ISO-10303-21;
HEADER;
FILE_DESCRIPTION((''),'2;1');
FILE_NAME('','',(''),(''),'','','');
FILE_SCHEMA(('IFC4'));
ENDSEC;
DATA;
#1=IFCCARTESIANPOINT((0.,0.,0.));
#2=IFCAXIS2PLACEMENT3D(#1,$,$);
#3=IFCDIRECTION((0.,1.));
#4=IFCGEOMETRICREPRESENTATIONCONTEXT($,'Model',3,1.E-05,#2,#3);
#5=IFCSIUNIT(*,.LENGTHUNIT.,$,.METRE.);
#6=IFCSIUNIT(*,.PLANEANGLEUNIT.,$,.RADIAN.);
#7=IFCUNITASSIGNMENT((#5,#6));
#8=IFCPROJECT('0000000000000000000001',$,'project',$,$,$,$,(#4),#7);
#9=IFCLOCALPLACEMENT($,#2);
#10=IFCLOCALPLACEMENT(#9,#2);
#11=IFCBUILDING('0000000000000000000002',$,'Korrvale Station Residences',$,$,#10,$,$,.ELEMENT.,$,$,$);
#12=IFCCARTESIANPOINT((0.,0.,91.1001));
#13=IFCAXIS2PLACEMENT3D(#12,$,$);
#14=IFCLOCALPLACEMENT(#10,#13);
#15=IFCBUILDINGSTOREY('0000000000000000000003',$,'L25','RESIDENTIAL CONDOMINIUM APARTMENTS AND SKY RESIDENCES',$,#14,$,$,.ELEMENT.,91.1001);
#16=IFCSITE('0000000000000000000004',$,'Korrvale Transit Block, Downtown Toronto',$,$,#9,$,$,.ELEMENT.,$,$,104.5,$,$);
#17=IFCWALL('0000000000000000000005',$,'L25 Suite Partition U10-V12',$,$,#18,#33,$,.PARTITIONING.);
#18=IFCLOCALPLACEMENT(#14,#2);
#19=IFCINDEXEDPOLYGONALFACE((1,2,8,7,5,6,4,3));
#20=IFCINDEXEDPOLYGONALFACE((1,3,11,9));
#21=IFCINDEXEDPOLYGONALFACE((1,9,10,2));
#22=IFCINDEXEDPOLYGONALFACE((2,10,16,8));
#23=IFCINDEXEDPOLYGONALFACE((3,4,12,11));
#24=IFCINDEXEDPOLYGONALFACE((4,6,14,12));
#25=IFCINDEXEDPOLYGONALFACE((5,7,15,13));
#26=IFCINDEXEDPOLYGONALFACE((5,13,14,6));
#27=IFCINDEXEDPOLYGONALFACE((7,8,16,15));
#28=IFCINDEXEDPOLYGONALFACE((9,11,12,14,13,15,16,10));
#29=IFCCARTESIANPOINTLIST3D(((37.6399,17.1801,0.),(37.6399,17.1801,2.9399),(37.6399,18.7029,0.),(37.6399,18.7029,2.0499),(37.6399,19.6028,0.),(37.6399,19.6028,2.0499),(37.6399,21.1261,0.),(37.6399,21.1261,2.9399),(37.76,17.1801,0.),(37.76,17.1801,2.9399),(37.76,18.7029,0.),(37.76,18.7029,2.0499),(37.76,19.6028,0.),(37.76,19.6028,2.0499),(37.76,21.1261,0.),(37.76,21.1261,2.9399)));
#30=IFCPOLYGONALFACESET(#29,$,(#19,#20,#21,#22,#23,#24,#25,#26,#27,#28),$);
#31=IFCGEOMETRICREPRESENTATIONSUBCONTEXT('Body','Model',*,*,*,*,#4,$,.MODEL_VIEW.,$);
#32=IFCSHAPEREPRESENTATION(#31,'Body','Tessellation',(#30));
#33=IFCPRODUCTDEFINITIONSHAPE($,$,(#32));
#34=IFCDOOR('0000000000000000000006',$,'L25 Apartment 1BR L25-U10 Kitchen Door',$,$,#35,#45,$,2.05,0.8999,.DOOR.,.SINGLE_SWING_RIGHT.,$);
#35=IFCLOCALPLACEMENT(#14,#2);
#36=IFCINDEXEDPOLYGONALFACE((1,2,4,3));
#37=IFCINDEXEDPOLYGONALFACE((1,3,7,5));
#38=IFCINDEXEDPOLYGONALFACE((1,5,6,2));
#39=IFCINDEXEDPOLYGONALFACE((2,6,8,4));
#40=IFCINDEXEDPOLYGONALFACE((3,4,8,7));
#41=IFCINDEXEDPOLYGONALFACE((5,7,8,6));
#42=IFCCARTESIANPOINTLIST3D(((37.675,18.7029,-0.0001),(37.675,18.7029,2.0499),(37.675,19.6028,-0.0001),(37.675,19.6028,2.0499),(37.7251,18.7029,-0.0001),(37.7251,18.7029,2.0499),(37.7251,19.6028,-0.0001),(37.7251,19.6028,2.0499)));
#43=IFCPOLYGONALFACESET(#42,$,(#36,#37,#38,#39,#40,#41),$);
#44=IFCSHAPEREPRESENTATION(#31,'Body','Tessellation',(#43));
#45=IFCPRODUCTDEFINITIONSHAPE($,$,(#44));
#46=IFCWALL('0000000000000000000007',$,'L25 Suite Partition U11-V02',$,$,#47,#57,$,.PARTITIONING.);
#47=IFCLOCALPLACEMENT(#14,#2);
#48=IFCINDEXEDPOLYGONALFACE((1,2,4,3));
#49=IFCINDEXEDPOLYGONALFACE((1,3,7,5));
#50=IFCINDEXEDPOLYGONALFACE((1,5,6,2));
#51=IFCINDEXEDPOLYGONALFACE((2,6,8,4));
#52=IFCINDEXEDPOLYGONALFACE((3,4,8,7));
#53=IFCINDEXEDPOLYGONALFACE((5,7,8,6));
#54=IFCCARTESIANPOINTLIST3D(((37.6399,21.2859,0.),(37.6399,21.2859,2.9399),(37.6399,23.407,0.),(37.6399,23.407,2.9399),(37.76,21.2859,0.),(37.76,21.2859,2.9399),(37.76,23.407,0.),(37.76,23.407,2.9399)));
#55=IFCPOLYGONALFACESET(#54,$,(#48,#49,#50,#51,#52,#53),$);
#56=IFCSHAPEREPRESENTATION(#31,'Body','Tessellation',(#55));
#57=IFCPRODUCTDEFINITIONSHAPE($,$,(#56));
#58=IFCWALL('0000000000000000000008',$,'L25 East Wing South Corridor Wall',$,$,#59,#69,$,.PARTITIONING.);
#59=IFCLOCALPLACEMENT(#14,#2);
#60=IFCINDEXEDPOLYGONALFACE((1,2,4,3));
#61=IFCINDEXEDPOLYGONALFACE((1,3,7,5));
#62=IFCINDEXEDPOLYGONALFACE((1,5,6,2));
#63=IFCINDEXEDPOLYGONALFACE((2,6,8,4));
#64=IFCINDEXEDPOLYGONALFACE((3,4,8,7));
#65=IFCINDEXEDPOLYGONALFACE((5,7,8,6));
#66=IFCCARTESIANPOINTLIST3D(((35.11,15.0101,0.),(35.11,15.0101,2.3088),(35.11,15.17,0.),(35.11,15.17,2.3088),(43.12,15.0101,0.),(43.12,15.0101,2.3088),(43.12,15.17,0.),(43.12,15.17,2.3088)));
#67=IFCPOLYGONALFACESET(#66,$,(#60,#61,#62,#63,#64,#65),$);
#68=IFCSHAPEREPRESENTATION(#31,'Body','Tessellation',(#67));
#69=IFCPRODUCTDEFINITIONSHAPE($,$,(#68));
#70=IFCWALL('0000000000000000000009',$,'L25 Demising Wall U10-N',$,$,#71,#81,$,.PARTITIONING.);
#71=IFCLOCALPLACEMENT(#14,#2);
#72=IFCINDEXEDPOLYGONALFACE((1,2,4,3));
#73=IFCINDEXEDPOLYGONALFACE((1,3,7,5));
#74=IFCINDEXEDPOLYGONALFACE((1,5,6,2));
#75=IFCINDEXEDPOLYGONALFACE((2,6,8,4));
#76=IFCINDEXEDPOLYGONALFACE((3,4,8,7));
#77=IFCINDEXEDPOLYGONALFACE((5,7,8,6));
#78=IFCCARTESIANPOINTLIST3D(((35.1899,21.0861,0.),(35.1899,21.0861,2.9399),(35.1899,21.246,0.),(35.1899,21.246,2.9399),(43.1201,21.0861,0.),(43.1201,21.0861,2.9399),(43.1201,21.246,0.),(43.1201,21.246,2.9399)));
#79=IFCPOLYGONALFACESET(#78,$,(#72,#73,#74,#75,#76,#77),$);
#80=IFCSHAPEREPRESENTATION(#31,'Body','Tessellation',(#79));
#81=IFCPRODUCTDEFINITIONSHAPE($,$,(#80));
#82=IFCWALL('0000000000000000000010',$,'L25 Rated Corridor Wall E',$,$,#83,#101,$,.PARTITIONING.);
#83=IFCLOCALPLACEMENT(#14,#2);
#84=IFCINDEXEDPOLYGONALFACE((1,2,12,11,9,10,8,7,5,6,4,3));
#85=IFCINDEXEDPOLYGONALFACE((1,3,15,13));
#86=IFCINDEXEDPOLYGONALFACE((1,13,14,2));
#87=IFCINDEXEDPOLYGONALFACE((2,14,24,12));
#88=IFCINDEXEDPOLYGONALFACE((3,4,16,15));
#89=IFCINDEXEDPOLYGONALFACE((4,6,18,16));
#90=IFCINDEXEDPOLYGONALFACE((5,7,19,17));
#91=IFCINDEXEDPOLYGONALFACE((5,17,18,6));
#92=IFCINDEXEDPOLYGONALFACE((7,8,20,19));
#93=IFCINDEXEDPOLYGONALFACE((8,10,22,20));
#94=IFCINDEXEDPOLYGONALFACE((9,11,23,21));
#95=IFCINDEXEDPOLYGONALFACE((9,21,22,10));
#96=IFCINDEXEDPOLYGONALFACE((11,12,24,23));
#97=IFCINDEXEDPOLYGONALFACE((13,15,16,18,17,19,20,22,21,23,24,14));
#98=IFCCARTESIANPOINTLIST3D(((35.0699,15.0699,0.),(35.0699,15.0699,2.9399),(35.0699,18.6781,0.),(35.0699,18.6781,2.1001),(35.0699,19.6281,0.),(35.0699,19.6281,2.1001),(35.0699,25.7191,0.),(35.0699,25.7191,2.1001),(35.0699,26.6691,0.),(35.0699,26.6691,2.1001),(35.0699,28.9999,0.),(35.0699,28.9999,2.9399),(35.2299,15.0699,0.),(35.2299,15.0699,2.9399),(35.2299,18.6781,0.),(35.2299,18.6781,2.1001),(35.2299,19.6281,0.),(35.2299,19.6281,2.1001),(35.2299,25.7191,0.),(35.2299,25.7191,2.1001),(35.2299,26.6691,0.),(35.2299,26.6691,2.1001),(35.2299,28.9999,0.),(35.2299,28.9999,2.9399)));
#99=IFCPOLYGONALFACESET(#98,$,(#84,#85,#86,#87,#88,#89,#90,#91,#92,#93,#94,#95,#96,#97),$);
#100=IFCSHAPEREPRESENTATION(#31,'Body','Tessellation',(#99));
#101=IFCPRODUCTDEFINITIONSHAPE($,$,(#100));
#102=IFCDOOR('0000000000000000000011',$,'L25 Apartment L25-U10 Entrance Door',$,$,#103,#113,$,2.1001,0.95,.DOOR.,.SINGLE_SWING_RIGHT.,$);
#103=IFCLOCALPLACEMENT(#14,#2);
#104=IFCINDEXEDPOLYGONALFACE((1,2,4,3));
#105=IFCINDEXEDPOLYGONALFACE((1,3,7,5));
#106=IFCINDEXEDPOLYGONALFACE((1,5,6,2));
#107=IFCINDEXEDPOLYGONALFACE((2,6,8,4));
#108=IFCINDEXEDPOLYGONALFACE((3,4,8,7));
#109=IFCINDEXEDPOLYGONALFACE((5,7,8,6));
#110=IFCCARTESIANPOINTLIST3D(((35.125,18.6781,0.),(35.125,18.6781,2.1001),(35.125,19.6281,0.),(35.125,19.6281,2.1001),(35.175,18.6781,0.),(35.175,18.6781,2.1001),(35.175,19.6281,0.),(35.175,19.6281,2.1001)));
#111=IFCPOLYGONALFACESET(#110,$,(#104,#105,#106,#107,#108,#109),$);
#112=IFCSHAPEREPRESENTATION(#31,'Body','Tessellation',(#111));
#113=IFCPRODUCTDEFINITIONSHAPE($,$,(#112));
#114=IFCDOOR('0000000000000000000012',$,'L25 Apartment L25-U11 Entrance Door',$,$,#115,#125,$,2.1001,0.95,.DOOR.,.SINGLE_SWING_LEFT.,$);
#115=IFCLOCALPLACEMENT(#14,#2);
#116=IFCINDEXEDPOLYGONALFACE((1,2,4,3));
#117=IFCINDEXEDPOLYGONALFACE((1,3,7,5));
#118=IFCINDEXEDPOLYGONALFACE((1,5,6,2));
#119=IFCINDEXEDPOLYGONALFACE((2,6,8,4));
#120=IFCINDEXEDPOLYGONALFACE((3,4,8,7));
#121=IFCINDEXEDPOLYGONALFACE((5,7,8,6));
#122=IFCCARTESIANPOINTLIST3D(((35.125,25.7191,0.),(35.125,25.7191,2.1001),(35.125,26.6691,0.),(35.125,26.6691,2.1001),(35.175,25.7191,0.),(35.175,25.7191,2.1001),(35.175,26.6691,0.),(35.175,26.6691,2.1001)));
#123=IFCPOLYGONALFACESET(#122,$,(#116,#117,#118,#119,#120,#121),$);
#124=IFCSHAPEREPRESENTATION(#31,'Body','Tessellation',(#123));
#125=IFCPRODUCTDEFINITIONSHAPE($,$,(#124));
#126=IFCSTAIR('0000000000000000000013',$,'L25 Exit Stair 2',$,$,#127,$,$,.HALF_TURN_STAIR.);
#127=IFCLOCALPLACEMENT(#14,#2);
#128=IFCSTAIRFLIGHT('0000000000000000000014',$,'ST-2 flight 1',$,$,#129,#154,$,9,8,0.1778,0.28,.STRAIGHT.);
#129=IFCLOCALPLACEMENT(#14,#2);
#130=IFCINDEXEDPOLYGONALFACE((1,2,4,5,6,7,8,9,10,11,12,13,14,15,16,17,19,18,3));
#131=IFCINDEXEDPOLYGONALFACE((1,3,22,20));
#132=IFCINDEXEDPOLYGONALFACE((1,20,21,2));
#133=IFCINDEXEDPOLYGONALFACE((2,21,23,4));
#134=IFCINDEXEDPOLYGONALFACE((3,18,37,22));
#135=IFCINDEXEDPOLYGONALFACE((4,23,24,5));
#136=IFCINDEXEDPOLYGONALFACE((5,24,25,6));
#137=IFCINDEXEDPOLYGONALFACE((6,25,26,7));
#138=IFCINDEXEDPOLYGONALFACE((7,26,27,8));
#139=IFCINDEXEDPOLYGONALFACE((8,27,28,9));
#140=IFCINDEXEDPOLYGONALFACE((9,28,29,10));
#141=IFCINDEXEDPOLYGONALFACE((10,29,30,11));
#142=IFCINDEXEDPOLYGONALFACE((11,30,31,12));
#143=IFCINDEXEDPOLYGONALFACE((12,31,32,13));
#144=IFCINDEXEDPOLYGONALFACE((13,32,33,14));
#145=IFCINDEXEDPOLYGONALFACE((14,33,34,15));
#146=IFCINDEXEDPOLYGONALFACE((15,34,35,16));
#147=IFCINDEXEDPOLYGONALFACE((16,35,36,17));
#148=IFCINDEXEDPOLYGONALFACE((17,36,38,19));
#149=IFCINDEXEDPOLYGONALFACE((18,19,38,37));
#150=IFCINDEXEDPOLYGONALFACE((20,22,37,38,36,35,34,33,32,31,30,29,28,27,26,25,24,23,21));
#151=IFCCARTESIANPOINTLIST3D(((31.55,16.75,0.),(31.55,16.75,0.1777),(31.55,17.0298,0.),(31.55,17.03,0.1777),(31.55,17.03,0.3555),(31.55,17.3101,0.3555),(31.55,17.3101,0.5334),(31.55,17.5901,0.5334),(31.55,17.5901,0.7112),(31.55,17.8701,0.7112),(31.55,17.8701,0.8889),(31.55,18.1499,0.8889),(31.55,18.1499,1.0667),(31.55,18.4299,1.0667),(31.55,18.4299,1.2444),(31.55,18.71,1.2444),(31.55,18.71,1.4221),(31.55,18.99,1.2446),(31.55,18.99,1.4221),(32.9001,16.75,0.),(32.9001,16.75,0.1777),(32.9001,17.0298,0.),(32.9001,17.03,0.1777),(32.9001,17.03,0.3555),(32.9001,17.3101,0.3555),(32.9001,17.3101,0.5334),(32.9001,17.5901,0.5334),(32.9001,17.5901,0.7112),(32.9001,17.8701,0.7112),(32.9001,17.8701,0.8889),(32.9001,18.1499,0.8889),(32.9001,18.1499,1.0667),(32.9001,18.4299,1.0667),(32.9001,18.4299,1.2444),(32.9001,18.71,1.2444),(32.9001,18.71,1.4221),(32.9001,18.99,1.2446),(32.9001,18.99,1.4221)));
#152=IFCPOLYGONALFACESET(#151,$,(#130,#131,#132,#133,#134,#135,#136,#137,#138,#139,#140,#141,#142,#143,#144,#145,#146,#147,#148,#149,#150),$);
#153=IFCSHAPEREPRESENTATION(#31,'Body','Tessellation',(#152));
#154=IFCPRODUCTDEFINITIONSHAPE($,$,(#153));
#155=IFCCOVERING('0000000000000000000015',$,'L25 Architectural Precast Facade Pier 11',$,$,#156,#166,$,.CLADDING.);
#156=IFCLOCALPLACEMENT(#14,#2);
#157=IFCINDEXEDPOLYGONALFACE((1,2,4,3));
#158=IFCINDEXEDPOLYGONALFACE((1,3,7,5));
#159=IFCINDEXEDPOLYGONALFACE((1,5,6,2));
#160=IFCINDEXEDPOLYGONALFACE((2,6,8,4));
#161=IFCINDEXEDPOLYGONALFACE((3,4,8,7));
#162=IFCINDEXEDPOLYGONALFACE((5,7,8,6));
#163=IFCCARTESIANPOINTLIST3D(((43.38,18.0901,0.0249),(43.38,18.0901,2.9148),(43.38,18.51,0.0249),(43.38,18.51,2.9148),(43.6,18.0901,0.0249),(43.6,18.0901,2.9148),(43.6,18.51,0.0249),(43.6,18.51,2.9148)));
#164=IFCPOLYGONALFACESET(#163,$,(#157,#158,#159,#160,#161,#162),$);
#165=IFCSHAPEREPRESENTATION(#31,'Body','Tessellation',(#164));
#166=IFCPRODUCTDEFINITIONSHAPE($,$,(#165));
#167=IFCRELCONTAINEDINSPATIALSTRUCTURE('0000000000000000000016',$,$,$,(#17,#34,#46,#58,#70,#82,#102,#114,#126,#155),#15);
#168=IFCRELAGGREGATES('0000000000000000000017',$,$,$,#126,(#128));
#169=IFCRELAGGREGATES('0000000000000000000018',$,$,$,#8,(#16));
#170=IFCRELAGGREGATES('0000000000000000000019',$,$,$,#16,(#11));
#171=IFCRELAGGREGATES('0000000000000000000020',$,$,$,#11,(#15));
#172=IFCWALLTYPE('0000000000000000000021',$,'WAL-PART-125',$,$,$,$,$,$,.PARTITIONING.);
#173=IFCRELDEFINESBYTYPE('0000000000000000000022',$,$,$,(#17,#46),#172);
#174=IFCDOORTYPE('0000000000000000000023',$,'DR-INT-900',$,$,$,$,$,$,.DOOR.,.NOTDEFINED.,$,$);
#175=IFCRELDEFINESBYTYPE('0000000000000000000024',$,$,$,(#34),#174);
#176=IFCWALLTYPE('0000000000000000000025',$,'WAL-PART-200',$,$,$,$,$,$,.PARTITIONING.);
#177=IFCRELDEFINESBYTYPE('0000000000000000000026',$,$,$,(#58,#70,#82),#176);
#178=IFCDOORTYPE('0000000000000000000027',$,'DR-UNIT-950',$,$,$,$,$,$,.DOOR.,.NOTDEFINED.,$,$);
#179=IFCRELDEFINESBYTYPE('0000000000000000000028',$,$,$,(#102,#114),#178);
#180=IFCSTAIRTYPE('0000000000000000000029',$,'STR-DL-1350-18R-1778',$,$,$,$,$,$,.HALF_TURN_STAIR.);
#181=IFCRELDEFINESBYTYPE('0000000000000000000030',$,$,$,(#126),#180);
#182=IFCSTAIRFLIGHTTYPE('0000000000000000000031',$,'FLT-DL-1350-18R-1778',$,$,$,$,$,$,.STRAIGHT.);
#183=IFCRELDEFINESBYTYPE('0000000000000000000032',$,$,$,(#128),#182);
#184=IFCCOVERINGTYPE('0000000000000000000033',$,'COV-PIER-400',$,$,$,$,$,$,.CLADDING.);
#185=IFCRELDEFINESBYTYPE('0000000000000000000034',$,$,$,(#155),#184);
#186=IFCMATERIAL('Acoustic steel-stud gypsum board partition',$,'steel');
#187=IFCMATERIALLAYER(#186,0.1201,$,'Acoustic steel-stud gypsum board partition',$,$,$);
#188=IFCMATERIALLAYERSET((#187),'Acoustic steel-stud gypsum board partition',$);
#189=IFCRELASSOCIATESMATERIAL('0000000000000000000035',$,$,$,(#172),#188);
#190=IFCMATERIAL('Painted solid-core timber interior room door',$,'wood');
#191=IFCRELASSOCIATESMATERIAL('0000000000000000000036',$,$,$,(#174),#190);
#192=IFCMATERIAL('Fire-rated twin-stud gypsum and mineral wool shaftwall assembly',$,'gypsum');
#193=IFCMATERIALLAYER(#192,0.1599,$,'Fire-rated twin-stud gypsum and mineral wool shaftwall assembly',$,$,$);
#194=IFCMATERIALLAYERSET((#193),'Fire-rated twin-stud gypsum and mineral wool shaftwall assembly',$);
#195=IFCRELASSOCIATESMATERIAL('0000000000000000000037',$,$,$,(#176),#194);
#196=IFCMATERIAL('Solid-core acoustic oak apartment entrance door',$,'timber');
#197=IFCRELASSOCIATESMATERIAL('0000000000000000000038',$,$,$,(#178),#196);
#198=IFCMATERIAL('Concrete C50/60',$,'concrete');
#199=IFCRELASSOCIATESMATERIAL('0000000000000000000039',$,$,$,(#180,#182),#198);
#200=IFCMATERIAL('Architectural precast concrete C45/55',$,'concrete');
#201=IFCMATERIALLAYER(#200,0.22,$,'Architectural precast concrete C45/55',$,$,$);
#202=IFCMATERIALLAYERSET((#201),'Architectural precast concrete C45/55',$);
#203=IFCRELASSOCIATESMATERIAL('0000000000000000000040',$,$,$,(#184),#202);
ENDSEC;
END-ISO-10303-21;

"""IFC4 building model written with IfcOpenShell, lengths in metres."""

from ifc_helpers import new_model, si_unit, direction, frame, frame_2d, origin, origin_2d, place, context, subcontext, project, spatial, polyline, rectangle, outline, extrude, material, layer, layer_set, type_object, element, fill, aggregate, save


model = new_model("IFC4")

# Units and contexts
model_context = context("Model", 3, precision=1e-05, world=origin(), true_north=direction((0.0, 1.0)))
body_context = subcontext(model_context, "Body", "Model", "MODEL_VIEW")
ifc_project = project(units=[si_unit("LENGTHUNIT", "METRE"), si_unit("PLANEANGLEUNIT", "RADIAN")], contexts=[model_context])

# Site, building, storey
site_placement = place(None, origin())
site = spatial("IfcSite", under=ifc_project, at=site_placement, Name="Korrvale Transit Block, Downtown Toronto", CompositionType="ELEMENT", RefElevation=104.5)
building_placement = place(site_placement, origin())
building = spatial("IfcBuilding", under=site, at=building_placement, Name="Korrvale Station Residences", CompositionType="ELEMENT")
storey_placement = place(building_placement, frame((0.0, 0.0, 91.1001)))
storey = spatial("IfcBuildingStorey", under=building, at=storey_placement, Name="L25", Description="RESIDENTIAL CONDOMINIUM APARTMENTS AND SKY RESIDENCES", CompositionType="ELEMENT", Elevation=91.1001)

# Shared definitions
ifc_material_1 = material(Name="Acoustic steel-stud gypsum board partition", Category="steel")
ifc_layer_1 = layer(ifc_material_1, 0.1201, Name="Acoustic steel-stud gypsum board partition")
ifc_layer_set_1 = layer_set([ifc_layer_1], Name="Acoustic steel-stud gypsum board partition")
wall_type_1 = type_object("IfcWallType", Name="WAL-PART-125", PredefinedType="PARTITIONING", material=ifc_layer_set_1)

# Wall, opening, door
wall_1_placement = place(storey_placement, frame((37.7, 17.1799, 0.0), z_axis=(0.0, 0.0, 1.0), x_axis=(0.0, 1.0, 0.0)))
wall_1 = element("IfcWall", 1, at=wall_1_placement, inside=storey, type_object=wall_type_1, Name="L25 Suite Partition U10-V12", PredefinedType="PARTITIONING", context=body_context, shape_type="SweptSolid", body=[
    extrude(rectangle(XDim=3.946, YDim=0.1201, at=frame_2d((1.9731, 0.0))), origin(), (0.0, 0.0, 1.0), 2.9399),
])
opening_1_placement = place(wall_1_placement, frame((1.5229, 0.0, 0.0)))
opening_1 = element("IfcOpeningElement", 2, at=opening_1_placement, cuts=wall_1, PredefinedType="OPENING", context=body_context, shape_type="SweptSolid", body=[
    extrude(rectangle(XDim=0.8999, YDim=2.05, at=frame_2d((0.45, 1.0249))), frame((0.0, 0.0701, 0.0), z_axis=(0.0, -1.0, 0.0), x_axis=(1.0, 0.0, 0.0)), (0.0, 0.0, 1.0), 0.1401),
])
ifc_material_2 = material(Name="Painted solid-core timber interior room door", Category="wood")
door_type_1 = type_object("IfcDoorType", Name="DR-INT-900", OperationType="NOTDEFINED", PredefinedType="DOOR", material=ifc_material_2)
door_1_placement = place(opening_1_placement, origin())
door_1 = element("IfcDoor", 3, at=door_1_placement, inside=storey, type_object=door_type_1, Name="L25 Apartment 1BR L25-U10 Kitchen Door", OperationType="SINGLE_SWING_RIGHT", OverallHeight=2.05, OverallWidth=0.8999, PredefinedType="DOOR", context=body_context, shape_type="SweptSolid", body=[
    extrude(rectangle(XDim=0.8999, YDim=2.05, at=frame_2d((0.45, 1.0249))), frame((0.0, 0.0249, 0.0), z_axis=(0.0, -1.0, 0.0), x_axis=(1.0, 0.0, 0.0)), (0.0, 0.0, 1.0), 0.05),
])
fill(opening_1, door_1)

# Walls
wall_2_placement = place(storey_placement, frame((37.7, 21.2859, 0.0), z_axis=(0.0, 0.0, 1.0), x_axis=(0.0, 1.0, 0.0)))
element("IfcWall", 4, at=wall_2_placement, inside=storey, type_object=wall_type_1, Name="L25 Suite Partition U11-V02", PredefinedType="PARTITIONING", context=body_context, shape_type="SweptSolid", body=[
    extrude(rectangle(XDim=2.1211, YDim=0.1201, at=frame_2d((1.0605, 0.0))), origin(), (0.0, 0.0, 1.0), 2.9399),
])
ifc_material_3 = material(Name="Fire-rated twin-stud gypsum and mineral wool shaftwall assembly", Category="gypsum")
ifc_layer_2 = layer(ifc_material_3, 0.1599, Name="Fire-rated twin-stud gypsum and mineral wool shaftwall assembly")
ifc_layer_set_2 = layer_set([ifc_layer_2], Name="Fire-rated twin-stud gypsum and mineral wool shaftwall assembly")
wall_type_2 = type_object("IfcWallType", Name="WAL-PART-200", PredefinedType="PARTITIONING", material=ifc_layer_set_2)
wall_3_placement = place(storey_placement, frame((35.1101, 15.0901, 0.0), z_axis=(0.0, 0.0, 1.0), x_axis=(1.0, 0.0, 0.0)))
element("IfcWall", 5, at=wall_3_placement, inside=storey, type_object=wall_type_2, Name="L25 East Wing South Corridor Wall", PredefinedType="PARTITIONING", context=body_context, shape_type="SweptSolid", body=[
    extrude(rectangle(XDim=8.01, YDim=0.1599, at=frame_2d((4.0049, 0.0))), origin(), (0.0, 0.0, 1.0), 2.3088),
])
wall_4_placement = place(storey_placement, frame((35.1899, 21.166, 0.0), z_axis=(0.0, 0.0, 1.0), x_axis=(1.0, 0.0, 0.0)))
element("IfcWall", 6, at=wall_4_placement, inside=storey, type_object=wall_type_2, Name="L25 Demising Wall U10-N", PredefinedType="PARTITIONING", context=body_context, shape_type="SweptSolid", body=[
    extrude(rectangle(XDim=7.9302, YDim=0.1599, at=frame_2d((3.9651, 0.0))), origin(), (0.0, 0.0, 1.0), 2.9399),
])

# Wall, openings, doors
wall_5_placement = place(storey_placement, frame((35.1499, 15.0701, 0.0), z_axis=(0.0, 0.0, 1.0), x_axis=(0.0, 1.0, 0.0)))
wall_5 = element("IfcWall", 7, at=wall_5_placement, inside=storey, type_object=wall_type_2, Name="L25 Rated Corridor Wall E", PredefinedType="PARTITIONING", context=body_context, shape_type="SweptSolid", body=[
    extrude(rectangle(XDim=13.9299, YDim=0.1599, at=frame_2d((6.9648, 0.0))), origin(), (0.0, 0.0, 1.0), 2.9399),
])
opening_2_placement = place(wall_5_placement, frame((3.6079, 0.0, 0.0)))
opening_2 = element("IfcOpeningElement", 8, at=opening_2_placement, cuts=wall_5, PredefinedType="OPENING", context=body_context, shape_type="SweptSolid", body=[
    extrude(rectangle(XDim=0.95, YDim=2.1001, at=frame_2d((0.4751, 1.05))), frame((0.0, 0.0898, 0.0), z_axis=(0.0, -1.0, 0.0), x_axis=(1.0, 0.0, 0.0)), (0.0, 0.0, 1.0), 0.1799),
])
opening_3_placement = place(wall_5_placement, frame((10.6489, 0.0, 0.0)))
opening_3 = element("IfcOpeningElement", 9, at=opening_3_placement, cuts=wall_5, PredefinedType="OPENING", context=body_context, shape_type="SweptSolid", body=[
    extrude(rectangle(XDim=0.95, YDim=2.1001, at=frame_2d((0.4751, 1.05))), frame((0.0, 0.0898, 0.0), z_axis=(0.0, -1.0, 0.0), x_axis=(1.0, 0.0, 0.0)), (0.0, 0.0, 1.0), 0.1799),
])
ifc_material_4 = material(Name="Solid-core acoustic oak apartment entrance door", Category="timber")
door_type_2 = type_object("IfcDoorType", Name="DR-UNIT-950", OperationType="NOTDEFINED", PredefinedType="DOOR", material=ifc_material_4)
door_2_placement = place(opening_2_placement, origin())
door_2 = element("IfcDoor", 10, at=door_2_placement, inside=storey, type_object=door_type_2, Name="L25 Apartment L25-U10 Entrance Door", OperationType="SINGLE_SWING_RIGHT", OverallHeight=2.1001, OverallWidth=0.95, PredefinedType="DOOR", context=body_context, shape_type="SweptSolid", body=[
    extrude(rectangle(XDim=0.95, YDim=2.1001, at=frame_2d((0.4751, 1.05))), frame((0.0, 0.0249, 0.0), z_axis=(0.0, -1.0, 0.0), x_axis=(1.0, 0.0, 0.0)), (0.0, 0.0, 1.0), 0.05),
])
fill(opening_2, door_2)
door_3_placement = place(opening_3_placement, origin())
door_3 = element("IfcDoor", 11, at=door_3_placement, inside=storey, type_object=door_type_2, Name="L25 Apartment L25-U11 Entrance Door", OperationType="SINGLE_SWING_LEFT", OverallHeight=2.1001, OverallWidth=0.95, PredefinedType="DOOR", context=body_context, shape_type="SweptSolid", body=[
    extrude(rectangle(XDim=0.95, YDim=2.1001, at=frame_2d((0.4751, 1.05))), frame((0.0, 0.0249, 0.0), z_axis=(0.0, -1.0, 0.0), x_axis=(1.0, 0.0, 0.0)), (0.0, 0.0, 1.0), 0.05),
])
fill(opening_3, door_3)

# Stair, stair flight
ifc_material_5 = material(Name="Concrete C50/60", Category="concrete")
stair_type = type_object("IfcStairType", Name="STR-DL-1350-18R-1778", PredefinedType="HALF_TURN_STAIR", material=ifc_material_5)
stair_placement = place(storey_placement, origin())
stair = element("IfcStair", 12, at=stair_placement, inside=storey, type_object=stair_type, Name="L25 Exit Stair 2", PredefinedType="HALF_TURN_STAIR")
stair_flight_type = type_object("IfcStairFlightType", Name="FLT-DL-1350-18R-1778", PredefinedType="STRAIGHT", material=ifc_material_5)
stair_flight_placement = place(storey_placement, frame((32.2251, 16.75, 0.0), z_axis=(0.0, 0.0, 1.0), x_axis=(0.0, 1.0, 0.0)))
stair_flight = element("IfcStairFlight", 13, at=stair_flight_placement, type_object=stair_flight_type, Name="ST-2 flight 1", NumberOfRisers=9, NumberOfTreads=8, PredefinedType="STRAIGHT", RiserHeight=0.1778, TreadLength=0.28, context=body_context, shape_type="SweptSolid", body=[
    extrude(outline(polyline([(0.0, 0.0), (0.0, 0.1777), (0.28, 0.1777), (0.28, 0.3555), (0.5601, 0.3555), (0.5601, 0.5334), (0.8401, 0.5334), (0.8401, 0.7112), (1.1201, 0.7112), (1.1201, 0.8889), (1.3999, 0.8889), (1.3999, 1.0667), (1.6799, 1.0667), (1.6799, 1.2444), (1.96, 1.2444), (1.96, 1.4221), (2.24, 1.4221), (2.24, 1.6001), (2.24, 1.2446), (0.2798, 0.0), (0.0, 0.0)])), frame((0.0, 0.675, 0.0), z_axis=(0.0, -1.0, 0.0), x_axis=(1.0, 0.0, 0.0)), (0.0, 0.0, 1.0), 1.3501),
])
aggregate(stair, [stair_flight])

# Covering
ifc_material_6 = material(Name="Architectural precast concrete C45/55", Category="concrete")
ifc_layer_3 = layer(ifc_material_6, 0.22, Name="Architectural precast concrete C45/55")
ifc_layer_set_3 = layer_set([ifc_layer_3], Name="Architectural precast concrete C45/55")
covering_type = type_object("IfcCoveringType", Name="COV-PIER-400", PredefinedType="CLADDING", material=ifc_layer_set_3)
covering_placement = place(storey_placement, frame((43.49, 18.3, 0.0249), z_axis=(0.0, 0.0, 1.0), x_axis=(0.0, 1.0, 0.0)))
element("IfcCovering", 14, at=covering_placement, inside=storey, type_object=covering_type, Name="L25 Architectural Precast Facade Pier 11", PredefinedType="CLADDING", context=body_context, shape_type="SweptSolid", body=[
    extrude(rectangle(XDim=0.4199, YDim=0.22, at=origin_2d()), origin(), (0.0, 0.0, 1.0), 2.8899),
])

save(model, "model.ifc")
